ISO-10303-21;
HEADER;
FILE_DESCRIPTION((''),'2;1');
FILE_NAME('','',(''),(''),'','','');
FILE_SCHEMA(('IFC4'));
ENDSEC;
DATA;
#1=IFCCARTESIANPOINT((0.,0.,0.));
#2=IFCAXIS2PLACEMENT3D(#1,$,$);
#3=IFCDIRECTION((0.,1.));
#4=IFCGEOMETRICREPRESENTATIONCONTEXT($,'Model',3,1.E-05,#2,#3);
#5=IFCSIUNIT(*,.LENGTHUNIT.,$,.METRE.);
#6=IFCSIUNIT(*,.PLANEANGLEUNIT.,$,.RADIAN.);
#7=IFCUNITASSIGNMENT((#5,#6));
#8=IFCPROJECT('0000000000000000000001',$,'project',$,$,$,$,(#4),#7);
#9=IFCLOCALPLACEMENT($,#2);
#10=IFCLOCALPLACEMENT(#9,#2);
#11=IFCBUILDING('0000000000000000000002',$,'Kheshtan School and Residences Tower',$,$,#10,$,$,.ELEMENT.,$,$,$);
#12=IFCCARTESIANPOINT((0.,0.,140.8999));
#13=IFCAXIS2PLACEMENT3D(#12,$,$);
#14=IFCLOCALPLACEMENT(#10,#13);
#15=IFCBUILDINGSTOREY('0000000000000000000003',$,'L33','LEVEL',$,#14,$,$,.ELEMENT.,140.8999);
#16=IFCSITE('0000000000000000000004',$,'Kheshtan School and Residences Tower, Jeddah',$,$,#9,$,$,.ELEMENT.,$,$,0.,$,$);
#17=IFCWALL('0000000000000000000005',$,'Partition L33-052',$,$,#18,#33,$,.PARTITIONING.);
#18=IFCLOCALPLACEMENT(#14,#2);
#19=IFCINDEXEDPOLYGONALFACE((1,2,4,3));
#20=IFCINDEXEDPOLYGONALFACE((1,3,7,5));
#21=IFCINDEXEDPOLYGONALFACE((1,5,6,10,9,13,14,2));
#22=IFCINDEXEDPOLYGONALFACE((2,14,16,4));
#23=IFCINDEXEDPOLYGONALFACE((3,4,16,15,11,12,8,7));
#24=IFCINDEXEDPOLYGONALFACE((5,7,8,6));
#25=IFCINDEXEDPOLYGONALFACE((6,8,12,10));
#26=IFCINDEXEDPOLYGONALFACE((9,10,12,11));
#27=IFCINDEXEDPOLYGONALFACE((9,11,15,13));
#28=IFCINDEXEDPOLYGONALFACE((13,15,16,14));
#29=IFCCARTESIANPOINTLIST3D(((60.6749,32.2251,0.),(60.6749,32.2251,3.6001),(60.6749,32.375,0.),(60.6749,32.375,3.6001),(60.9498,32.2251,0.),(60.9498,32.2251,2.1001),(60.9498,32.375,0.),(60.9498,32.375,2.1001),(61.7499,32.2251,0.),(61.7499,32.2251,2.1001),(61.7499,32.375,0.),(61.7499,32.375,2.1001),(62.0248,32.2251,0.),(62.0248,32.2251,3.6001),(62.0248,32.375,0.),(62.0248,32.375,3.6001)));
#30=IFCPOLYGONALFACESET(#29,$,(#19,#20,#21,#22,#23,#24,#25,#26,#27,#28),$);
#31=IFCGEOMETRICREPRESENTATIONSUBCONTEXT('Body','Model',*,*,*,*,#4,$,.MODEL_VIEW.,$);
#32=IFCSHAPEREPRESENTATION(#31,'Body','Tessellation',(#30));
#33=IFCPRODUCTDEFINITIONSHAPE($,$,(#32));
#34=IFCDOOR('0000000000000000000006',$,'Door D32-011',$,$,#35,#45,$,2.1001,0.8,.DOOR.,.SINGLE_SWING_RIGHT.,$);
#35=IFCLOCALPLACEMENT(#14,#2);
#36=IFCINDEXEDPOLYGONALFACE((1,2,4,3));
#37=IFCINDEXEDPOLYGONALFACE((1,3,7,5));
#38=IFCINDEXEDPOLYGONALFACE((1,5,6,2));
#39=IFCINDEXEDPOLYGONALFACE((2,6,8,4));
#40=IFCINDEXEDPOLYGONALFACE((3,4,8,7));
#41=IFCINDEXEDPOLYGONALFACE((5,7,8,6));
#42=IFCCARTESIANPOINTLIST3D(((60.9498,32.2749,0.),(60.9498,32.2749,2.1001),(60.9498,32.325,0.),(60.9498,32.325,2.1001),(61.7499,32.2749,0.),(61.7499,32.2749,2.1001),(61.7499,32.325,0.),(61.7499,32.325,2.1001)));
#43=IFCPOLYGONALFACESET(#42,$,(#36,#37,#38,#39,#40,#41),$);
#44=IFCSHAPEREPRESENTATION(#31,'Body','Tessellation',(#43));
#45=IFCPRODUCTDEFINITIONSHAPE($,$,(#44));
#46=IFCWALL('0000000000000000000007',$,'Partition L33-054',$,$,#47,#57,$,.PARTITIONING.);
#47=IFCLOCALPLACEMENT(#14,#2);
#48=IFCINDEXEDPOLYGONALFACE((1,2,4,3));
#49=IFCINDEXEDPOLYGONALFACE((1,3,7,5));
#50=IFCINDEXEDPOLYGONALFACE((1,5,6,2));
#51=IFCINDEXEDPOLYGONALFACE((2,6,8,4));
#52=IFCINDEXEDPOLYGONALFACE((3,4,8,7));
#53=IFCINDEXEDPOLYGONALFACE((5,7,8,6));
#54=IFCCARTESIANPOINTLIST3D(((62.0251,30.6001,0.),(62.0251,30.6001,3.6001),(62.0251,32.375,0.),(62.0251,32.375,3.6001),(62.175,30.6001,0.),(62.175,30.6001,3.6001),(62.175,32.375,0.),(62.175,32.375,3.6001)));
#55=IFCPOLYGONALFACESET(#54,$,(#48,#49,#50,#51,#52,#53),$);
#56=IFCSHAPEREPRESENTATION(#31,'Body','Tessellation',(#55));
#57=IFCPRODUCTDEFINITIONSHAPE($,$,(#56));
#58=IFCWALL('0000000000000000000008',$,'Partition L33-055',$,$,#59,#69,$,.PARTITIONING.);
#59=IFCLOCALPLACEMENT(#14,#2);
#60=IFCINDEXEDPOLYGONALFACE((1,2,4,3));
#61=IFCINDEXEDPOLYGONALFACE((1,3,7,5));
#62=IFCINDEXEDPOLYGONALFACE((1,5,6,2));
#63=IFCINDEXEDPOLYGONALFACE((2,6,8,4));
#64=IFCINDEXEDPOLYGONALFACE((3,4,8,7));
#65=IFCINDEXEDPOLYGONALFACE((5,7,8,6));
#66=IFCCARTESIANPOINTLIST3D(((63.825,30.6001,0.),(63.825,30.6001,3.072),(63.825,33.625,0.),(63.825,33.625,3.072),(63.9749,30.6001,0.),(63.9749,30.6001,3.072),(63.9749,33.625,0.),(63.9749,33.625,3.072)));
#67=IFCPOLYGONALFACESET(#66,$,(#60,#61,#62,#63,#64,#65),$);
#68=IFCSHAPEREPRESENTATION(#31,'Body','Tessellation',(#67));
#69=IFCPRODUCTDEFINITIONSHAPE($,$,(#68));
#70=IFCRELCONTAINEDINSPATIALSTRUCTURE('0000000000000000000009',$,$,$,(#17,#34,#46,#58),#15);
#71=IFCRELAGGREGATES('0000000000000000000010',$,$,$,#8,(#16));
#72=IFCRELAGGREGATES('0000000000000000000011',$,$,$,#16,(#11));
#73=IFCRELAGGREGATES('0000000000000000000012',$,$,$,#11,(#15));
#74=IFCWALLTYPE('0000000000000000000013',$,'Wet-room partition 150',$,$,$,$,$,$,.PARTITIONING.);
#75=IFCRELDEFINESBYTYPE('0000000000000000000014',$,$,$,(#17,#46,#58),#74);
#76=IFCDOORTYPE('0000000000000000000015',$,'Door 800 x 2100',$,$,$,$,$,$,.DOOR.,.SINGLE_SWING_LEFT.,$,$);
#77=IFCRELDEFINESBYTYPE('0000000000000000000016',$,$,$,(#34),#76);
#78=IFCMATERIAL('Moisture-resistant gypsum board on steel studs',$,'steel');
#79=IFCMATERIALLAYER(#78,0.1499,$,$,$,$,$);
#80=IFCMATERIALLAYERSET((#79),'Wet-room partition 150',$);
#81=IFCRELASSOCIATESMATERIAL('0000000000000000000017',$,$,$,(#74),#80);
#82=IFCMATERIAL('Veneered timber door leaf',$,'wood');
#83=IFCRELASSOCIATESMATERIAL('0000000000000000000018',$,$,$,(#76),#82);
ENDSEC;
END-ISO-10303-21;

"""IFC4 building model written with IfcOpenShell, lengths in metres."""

from ifc_helpers import new_model, si_unit, direction, frame, frame_2d, origin, place, context, subcontext, project, spatial, rectangle, extrude, source, transform, mapped, material, layer, layer_set, type_object, element, fill, save


model = new_model("IFC4")

# Units and contexts
model_context = context("Model", 3, precision=1e-05, world=origin(), true_north=direction((0.0, 1.0)))
body_context = subcontext(model_context, "Body", "Model", "MODEL_VIEW")
ifc_project = project(units=[si_unit("LENGTHUNIT", "METRE"), si_unit("PLANEANGLEUNIT", "RADIAN")], contexts=[model_context])

# Site, building, storey
site_placement = place(None, origin())
site = spatial("IfcSite", under=ifc_project, at=site_placement, Name="Kheshtan School and Residences Tower, Jeddah", CompositionType="ELEMENT", RefElevation=0.0)
building_placement = place(site_placement, origin())
building = spatial("IfcBuilding", under=site, at=building_placement, Name="Kheshtan School and Residences Tower", CompositionType="ELEMENT")
storey_placement = place(building_placement, frame((0.0, 0.0, 140.8999)))
storey = spatial("IfcBuildingStorey", under=building, at=storey_placement, Name="L33", Description="LEVEL", CompositionType="ELEMENT", Elevation=140.8999)

# Shared definitions
ifc_material_1 = material(Name="Moisture-resistant gypsum board on steel studs", Category="steel")
ifc_layer_1 = layer(ifc_material_1, 0.1499)
ifc_layer_set_1 = layer_set([ifc_layer_1], Name="Wet-room partition 150")
wall_type_1 = type_object("IfcWallType", Name="Wet-room partition 150", PredefinedType="PARTITIONING", material=ifc_layer_set_1)
ifc_material_2 = material(Name="Veneered timber door leaf", Category="wood")
door_type_1 = type_object("IfcDoorType", Name="Door 800 x 2100", OperationType="SINGLE_SWING_LEFT", PredefinedType="DOOR", material=ifc_material_2)
shared_shape_1 = source(origin(), body_context, "Body", "SweptSolid", [
    extrude(rectangle(XDim=0.8, YDim=2.1001, at=frame_2d((0.3999, 1.05))), frame((0.0, 0.0249, 0.0), z_axis=(0.0, -1.0, 0.0), x_axis=(1.0, 0.0, 0.0)), (0.0, 0.0, 1.0), 0.05),
])

# Wall, opening, door
wall_1_placement = place(storey_placement, frame((60.675, 32.3, 0.0), z_axis=(0.0, 0.0, 1.0), x_axis=(1.0, 0.0, 0.0)))
wall_1 = element("IfcWall", 1, at=wall_1_placement, inside=storey, type_object=wall_type_1, Name="Partition L33-052", PredefinedType="PARTITIONING", context=body_context, shape_type="SweptSolid", body=[
    extrude(rectangle(XDim=1.3499, YDim=0.1499, at=frame_2d((0.6748, 0.0))), origin(), (0.0, 0.0, 1.0), 3.6001),
])
opening_1_placement = place(wall_1_placement, frame((0.2749, 0.0, 0.0)))
opening_1 = element("IfcOpeningElement", 2, at=opening_1_placement, cuts=wall_1, PredefinedType="OPENING", context=body_context, shape_type="SweptSolid", body=[
    extrude(rectangle(XDim=0.8, YDim=2.1001, at=frame_2d((0.3999, 1.05))), frame((0.0, 0.085, 0.0), z_axis=(0.0, -1.0, 0.0), x_axis=(1.0, 0.0, 0.0)), (0.0, 0.0, 1.0), 0.1699),
])
door_1_placement = place(opening_1_placement, origin())
door_1 = element("IfcDoor", 3, at=door_1_placement, inside=storey, type_object=door_type_1, Name="Door D32-011", OperationType="SINGLE_SWING_RIGHT", OverallHeight=2.1001, OverallWidth=0.8, PredefinedType="DOOR", context=body_context, shape_type="MappedRepresentation", body=[
    mapped(shared_shape_1, transform((0.0, 0.0, 0.0), x_axis=(1.0, 0.0, 0.0), y_axis=(0.0, 1.0, 0.0), z_axis=(0.0, 0.0, 1.0), scale=1.0)),
])
fill(opening_1, door_1)

# Walls
wall_2_placement = place(storey_placement, frame((62.1001, 30.6001, 0.0), z_axis=(0.0, 0.0, 1.0), x_axis=(0.0, 1.0, 0.0)))
element("IfcWall", 4, at=wall_2_placement, inside=storey, type_object=wall_type_1, Name="Partition L33-054", PredefinedType="PARTITIONING", context=body_context, shape_type="SweptSolid", body=[
    extrude(rectangle(XDim=1.7749, YDim=0.1499, at=frame_2d((0.8875, 0.0))), origin(), (0.0, 0.0, 1.0), 3.6001),
])
wall_3_placement = place(storey_placement, frame((63.8999, 30.6001, 0.0), z_axis=(0.0, 0.0, 1.0), x_axis=(0.0, 1.0, 0.0)))
element("IfcWall", 5, at=wall_3_placement, inside=storey, type_object=wall_type_1, Name="Partition L33-055", PredefinedType="PARTITIONING", context=body_context, shape_type="SweptSolid", body=[
    extrude(rectangle(XDim=3.0249, YDim=0.1499, at=frame_2d((1.5125, 0.0))), origin(), (0.0, 0.0, 1.0), 3.072),
])

save(model, "model.ifc")
